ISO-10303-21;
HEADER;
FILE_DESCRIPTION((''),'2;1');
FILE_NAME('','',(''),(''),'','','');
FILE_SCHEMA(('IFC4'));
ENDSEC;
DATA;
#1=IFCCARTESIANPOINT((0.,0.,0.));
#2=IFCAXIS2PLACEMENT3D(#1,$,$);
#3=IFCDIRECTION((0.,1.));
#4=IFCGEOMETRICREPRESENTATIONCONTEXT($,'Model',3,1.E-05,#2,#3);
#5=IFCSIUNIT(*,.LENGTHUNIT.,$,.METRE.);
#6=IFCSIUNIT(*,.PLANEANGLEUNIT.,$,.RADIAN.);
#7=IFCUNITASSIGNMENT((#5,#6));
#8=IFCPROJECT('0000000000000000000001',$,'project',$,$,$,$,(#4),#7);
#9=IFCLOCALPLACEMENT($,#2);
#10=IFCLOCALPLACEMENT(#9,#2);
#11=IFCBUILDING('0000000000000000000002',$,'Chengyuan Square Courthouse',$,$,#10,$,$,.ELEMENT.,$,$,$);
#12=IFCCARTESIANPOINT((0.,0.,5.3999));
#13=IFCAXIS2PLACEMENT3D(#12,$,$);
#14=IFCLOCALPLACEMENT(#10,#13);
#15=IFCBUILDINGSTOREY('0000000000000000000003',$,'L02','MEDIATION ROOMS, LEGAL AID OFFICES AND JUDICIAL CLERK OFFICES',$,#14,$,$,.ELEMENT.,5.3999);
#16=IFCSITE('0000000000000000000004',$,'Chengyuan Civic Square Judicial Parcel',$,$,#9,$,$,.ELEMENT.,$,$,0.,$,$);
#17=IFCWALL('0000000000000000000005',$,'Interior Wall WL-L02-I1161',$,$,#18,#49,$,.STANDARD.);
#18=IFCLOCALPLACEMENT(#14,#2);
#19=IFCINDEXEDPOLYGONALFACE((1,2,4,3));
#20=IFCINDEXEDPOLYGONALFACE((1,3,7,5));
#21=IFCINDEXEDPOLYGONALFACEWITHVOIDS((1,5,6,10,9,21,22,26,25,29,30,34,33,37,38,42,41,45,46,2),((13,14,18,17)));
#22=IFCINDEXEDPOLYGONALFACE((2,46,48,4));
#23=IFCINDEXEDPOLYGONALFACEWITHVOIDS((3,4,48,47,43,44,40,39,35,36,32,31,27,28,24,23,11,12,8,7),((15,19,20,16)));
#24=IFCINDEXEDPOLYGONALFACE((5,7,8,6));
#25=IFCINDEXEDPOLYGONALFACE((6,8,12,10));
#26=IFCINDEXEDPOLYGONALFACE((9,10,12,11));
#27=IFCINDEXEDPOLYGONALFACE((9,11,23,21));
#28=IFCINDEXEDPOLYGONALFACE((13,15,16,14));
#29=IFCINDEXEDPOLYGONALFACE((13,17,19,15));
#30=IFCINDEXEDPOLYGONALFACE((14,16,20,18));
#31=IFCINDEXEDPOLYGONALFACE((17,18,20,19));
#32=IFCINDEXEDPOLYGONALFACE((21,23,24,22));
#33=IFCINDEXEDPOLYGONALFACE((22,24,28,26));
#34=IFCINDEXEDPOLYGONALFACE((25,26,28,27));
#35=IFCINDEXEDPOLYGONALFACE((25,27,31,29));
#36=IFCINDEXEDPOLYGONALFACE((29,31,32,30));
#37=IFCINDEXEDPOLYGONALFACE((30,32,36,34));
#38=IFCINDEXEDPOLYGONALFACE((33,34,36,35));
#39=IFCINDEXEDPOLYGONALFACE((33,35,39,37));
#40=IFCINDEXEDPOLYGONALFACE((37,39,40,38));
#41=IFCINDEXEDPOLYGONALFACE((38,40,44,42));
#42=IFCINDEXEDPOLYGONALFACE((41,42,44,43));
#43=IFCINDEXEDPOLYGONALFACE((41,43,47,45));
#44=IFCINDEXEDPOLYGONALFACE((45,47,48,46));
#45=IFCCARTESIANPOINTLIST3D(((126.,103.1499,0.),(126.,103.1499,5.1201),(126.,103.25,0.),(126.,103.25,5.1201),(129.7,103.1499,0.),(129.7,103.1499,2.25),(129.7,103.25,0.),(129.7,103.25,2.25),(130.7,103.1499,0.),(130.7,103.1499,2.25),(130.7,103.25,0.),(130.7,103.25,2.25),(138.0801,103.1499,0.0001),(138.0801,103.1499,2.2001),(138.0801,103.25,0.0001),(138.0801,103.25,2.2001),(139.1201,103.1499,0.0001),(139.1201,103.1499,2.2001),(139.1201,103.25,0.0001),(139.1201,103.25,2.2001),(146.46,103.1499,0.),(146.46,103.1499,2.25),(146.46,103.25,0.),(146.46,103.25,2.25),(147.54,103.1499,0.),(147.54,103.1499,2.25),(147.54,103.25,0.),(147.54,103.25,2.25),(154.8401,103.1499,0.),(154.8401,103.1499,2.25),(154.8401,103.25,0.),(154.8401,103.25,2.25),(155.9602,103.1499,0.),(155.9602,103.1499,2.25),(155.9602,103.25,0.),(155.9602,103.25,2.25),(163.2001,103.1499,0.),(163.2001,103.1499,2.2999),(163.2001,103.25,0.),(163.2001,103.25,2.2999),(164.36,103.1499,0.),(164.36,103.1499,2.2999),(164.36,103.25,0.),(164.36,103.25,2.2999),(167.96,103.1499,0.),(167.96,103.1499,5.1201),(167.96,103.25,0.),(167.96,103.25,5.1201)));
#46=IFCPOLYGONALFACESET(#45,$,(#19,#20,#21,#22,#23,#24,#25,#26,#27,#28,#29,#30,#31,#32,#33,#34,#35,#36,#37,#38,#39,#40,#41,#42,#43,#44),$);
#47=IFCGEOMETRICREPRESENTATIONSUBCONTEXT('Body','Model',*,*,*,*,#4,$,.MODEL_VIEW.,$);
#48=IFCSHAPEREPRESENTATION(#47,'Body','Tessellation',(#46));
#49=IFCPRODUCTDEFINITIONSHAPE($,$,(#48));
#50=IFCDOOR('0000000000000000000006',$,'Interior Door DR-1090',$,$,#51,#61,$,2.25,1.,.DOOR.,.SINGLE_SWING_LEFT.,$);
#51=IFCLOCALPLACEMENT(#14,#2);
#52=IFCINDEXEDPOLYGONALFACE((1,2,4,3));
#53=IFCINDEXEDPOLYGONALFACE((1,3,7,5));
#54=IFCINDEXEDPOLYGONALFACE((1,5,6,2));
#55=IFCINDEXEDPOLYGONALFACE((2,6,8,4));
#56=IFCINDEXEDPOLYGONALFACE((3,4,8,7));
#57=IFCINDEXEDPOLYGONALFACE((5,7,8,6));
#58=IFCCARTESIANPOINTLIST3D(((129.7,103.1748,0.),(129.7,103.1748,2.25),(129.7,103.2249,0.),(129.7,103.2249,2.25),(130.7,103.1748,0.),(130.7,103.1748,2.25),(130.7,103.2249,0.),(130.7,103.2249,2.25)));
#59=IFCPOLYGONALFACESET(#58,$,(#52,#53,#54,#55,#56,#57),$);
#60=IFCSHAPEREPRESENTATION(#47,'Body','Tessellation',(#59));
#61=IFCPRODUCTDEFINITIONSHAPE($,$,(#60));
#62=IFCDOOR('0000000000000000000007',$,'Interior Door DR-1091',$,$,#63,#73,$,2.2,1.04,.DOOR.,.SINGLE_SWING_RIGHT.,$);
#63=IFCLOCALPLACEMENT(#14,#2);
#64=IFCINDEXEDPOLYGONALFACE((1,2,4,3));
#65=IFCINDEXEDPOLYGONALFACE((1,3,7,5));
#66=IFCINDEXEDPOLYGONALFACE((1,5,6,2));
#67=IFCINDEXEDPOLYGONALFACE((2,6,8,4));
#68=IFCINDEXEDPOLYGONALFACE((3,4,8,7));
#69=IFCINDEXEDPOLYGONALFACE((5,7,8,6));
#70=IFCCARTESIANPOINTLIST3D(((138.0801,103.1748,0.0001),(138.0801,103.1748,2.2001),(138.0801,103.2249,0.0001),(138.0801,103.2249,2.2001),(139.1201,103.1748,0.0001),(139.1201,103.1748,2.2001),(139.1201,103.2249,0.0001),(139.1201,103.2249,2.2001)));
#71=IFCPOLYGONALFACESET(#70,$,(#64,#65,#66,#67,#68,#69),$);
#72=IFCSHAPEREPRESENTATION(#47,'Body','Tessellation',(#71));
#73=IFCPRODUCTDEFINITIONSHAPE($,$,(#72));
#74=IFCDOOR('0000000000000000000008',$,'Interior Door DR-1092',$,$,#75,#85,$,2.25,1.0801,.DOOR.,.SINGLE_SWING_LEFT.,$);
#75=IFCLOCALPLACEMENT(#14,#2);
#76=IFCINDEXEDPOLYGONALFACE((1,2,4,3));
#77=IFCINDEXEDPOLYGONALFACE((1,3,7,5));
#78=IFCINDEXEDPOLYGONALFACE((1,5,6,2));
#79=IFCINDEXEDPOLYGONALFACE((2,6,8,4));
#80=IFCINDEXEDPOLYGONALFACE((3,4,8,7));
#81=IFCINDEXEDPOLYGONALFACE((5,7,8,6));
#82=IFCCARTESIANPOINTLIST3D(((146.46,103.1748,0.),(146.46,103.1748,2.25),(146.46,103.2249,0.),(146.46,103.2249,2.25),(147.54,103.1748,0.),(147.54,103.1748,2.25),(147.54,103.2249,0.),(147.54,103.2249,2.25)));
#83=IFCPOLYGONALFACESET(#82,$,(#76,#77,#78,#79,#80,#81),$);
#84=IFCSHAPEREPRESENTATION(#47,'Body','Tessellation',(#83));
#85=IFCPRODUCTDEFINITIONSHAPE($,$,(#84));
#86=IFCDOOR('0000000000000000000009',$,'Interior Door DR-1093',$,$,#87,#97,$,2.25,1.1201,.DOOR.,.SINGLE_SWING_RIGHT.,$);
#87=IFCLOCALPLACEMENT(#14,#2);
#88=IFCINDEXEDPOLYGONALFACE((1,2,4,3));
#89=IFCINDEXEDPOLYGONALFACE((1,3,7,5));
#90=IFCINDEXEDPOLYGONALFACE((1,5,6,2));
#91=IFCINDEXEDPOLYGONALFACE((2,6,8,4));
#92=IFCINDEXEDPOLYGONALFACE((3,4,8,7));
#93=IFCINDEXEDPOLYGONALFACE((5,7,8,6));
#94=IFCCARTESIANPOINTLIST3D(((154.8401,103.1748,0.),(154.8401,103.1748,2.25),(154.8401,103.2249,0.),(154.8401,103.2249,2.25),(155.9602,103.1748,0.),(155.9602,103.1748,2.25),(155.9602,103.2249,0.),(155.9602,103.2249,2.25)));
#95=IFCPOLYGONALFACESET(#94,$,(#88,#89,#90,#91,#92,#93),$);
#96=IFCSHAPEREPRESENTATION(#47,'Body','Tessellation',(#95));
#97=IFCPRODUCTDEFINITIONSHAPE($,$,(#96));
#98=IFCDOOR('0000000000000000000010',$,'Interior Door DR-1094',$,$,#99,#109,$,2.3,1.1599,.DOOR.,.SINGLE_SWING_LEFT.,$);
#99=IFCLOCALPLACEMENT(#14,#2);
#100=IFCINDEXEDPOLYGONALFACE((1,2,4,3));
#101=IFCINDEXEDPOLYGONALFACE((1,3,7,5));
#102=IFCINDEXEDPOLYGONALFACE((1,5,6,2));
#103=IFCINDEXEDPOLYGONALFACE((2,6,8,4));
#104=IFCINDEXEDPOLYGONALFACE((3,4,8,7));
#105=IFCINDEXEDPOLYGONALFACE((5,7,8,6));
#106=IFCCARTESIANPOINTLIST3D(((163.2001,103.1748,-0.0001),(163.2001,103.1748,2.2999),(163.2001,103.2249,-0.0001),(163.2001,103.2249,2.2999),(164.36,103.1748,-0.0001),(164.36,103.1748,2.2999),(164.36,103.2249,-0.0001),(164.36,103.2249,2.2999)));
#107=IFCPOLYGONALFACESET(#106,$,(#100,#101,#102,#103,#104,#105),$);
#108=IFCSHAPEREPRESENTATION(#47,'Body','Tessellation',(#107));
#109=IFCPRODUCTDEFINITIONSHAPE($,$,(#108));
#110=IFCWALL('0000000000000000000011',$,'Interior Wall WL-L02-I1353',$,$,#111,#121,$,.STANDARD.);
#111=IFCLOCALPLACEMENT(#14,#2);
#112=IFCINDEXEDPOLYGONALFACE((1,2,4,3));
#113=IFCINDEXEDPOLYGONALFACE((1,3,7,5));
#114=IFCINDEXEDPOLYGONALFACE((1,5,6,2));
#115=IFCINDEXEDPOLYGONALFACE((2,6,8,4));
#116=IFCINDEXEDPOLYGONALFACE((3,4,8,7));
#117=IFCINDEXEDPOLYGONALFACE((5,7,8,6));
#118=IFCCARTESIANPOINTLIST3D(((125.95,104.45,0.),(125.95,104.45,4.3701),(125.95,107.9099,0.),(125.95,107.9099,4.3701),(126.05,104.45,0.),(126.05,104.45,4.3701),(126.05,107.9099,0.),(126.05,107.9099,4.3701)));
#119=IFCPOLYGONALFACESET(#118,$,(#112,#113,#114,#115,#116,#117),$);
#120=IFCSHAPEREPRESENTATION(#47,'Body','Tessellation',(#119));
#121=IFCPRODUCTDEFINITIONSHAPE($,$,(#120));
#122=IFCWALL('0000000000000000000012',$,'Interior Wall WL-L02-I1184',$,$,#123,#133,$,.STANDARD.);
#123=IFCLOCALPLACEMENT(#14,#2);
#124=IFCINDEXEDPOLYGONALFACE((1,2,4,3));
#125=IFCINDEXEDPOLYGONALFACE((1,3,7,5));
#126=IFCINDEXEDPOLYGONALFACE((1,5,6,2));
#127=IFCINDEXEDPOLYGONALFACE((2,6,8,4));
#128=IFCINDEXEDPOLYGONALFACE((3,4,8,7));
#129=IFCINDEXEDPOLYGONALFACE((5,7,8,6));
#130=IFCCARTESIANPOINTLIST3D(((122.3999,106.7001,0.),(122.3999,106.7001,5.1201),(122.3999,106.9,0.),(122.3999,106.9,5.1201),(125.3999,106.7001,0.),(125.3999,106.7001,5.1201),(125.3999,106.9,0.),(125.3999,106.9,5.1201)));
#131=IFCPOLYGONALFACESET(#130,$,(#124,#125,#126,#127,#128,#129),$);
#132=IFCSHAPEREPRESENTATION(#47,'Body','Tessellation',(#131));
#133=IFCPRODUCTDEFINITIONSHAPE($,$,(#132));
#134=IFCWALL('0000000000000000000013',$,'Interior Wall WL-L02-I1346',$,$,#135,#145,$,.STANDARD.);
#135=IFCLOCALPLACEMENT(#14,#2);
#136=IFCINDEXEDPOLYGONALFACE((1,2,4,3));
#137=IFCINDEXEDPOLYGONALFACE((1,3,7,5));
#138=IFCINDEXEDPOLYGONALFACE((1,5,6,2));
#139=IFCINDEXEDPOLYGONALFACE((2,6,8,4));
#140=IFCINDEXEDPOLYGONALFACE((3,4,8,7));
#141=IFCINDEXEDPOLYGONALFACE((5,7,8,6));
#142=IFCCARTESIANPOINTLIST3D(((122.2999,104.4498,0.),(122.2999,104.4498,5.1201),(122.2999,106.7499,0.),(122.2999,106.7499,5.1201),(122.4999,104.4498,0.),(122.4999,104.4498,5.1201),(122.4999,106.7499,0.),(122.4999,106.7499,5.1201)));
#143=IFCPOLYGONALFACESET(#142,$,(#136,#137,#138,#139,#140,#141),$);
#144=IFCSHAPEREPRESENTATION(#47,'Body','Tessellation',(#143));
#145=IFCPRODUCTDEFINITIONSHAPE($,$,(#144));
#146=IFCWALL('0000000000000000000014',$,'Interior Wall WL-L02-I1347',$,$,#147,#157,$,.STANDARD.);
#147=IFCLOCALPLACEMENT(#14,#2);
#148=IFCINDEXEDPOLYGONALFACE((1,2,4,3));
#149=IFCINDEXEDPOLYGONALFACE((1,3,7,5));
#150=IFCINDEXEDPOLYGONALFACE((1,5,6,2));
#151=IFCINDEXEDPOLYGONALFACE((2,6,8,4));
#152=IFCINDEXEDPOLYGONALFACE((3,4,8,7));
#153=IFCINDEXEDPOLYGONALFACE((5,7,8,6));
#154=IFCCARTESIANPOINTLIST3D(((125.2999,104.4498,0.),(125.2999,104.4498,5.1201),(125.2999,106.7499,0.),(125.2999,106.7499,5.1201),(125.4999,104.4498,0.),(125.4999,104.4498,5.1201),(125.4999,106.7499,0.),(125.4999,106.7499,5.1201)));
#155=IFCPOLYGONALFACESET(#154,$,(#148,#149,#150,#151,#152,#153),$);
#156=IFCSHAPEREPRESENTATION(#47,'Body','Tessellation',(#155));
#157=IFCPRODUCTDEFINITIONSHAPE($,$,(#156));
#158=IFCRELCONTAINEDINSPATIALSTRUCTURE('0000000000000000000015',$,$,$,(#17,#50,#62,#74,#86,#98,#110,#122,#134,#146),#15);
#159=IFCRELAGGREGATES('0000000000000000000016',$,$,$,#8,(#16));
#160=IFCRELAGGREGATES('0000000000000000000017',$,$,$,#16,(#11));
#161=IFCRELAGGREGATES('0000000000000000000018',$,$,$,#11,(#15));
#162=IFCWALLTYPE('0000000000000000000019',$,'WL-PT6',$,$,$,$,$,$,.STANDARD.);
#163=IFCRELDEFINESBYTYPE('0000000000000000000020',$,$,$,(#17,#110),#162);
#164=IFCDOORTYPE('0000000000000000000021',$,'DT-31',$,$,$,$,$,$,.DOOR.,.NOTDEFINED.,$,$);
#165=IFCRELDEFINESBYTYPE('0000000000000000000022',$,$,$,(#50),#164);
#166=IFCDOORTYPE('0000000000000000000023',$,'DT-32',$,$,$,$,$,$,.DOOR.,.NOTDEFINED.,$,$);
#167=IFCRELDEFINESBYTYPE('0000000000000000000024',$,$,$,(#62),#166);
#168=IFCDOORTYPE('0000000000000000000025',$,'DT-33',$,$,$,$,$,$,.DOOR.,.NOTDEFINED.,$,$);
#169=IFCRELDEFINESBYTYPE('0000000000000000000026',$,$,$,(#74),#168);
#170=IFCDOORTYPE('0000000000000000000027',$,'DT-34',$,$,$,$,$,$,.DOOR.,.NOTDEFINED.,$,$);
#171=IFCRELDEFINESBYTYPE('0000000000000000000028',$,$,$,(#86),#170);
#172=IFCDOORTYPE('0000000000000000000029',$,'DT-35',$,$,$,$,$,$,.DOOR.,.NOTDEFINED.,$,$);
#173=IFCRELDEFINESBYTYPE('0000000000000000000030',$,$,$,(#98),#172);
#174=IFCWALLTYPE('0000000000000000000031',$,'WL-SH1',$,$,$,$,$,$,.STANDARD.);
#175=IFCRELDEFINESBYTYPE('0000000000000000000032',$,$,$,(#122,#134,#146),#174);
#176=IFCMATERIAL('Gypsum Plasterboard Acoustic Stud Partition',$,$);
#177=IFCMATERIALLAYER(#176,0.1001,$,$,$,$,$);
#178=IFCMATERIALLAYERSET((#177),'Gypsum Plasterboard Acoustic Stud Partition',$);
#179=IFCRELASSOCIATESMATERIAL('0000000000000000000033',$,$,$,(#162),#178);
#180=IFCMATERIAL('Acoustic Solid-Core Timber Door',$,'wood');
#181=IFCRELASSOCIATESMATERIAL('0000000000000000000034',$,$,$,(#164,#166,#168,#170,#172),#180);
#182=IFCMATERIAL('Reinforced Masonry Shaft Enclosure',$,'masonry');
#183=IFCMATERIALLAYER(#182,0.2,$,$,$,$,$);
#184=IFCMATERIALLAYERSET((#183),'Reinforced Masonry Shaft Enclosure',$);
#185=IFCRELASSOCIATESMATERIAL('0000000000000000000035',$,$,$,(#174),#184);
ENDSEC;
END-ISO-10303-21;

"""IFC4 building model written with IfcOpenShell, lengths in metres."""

from ifc_helpers import new_model, si_unit, direction, frame, frame_2d, origin, place, context, subcontext, project, spatial, rectangle, extrude, material, layer, layer_set, type_object, element, fill, save


model = new_model("IFC4")

# Units and contexts
model_context = context("Model", 3, precision=1e-05, world=origin(), true_north=direction((0.0, 1.0)))
body_context = subcontext(model_context, "Body", "Model", "MODEL_VIEW")
ifc_project = project(units=[si_unit("LENGTHUNIT", "METRE"), si_unit("PLANEANGLEUNIT", "RADIAN")], contexts=[model_context])

# Site, building, storey
site_placement = place(None, origin())
site = spatial("IfcSite", under=ifc_project, at=site_placement, Name="Chengyuan Civic Square Judicial Parcel", CompositionType="ELEMENT", RefElevation=0.0)
building_placement = place(site_placement, origin())
building = spatial("IfcBuilding", under=site, at=building_placement, Name="Chengyuan Square Courthouse", CompositionType="ELEMENT")
storey_placement = place(building_placement, frame((0.0, 0.0, 5.3999)))
storey = spatial("IfcBuildingStorey", under=building, at=storey_placement, Name="L02", Description="MEDIATION ROOMS, LEGAL AID OFFICES AND JUDICIAL CLERK OFFICES", CompositionType="ELEMENT", Elevation=5.3999)

# Wall, openings, doors
ifc_material_1 = material(Name="Gypsum Plasterboard Acoustic Stud Partition")
ifc_layer_1 = layer(ifc_material_1, 0.1001)
ifc_layer_set_1 = layer_set([ifc_layer_1], Name="Gypsum Plasterboard Acoustic Stud Partition")
wall_type_1 = type_object("IfcWallType", Name="WL-PT6", PredefinedType="STANDARD", material=ifc_layer_set_1)
wall_1_placement = place(storey_placement, frame((126.0, 103.2, 0.0), z_axis=(0.0, 0.0, 1.0), x_axis=(1.0, 0.0, 0.0)))
wall_1 = element("IfcWall", 1, at=wall_1_placement, inside=storey, type_object=wall_type_1, Name="Interior Wall WL-L02-I1161", PredefinedType="STANDARD", context=body_context, shape_type="SweptSolid", body=[
    extrude(rectangle(XDim=41.96, YDim=0.1001, at=frame_2d((20.98, 0.0))), origin(), (0.0, 0.0, 1.0), 5.1201),
])
opening_1_placement = place(wall_1_placement, frame((3.7, 0.0, 0.0)))
opening_1 = element("IfcOpeningElement", 2, at=opening_1_placement, cuts=wall_1, PredefinedType="OPENING", context=body_context, shape_type="SweptSolid", body=[
    extrude(rectangle(XDim=1.0, YDim=2.25, at=frame_2d((0.5, 1.125))), frame((0.0, 0.062, 0.0), z_axis=(0.0, -1.0, 0.0), x_axis=(1.0, 0.0, 0.0)), (0.0, 0.0, 1.0), 0.124),
])
opening_2_placement = place(wall_1_placement, frame((12.0801, 0.0, 0.0)))
opening_2 = element("IfcOpeningElement", 3, at=opening_2_placement, cuts=wall_1, PredefinedType="OPENING", context=body_context, shape_type="SweptSolid", body=[
    extrude(rectangle(XDim=1.04, YDim=2.2, at=frame_2d((0.52, 1.1001))), frame((0.0, 0.062, 0.0), z_axis=(0.0, -1.0, 0.0), x_axis=(1.0, 0.0, 0.0)), (0.0, 0.0, 1.0), 0.124),
])
opening_3_placement = place(wall_1_placement, frame((20.46, 0.0, 0.0)))
opening_3 = element("IfcOpeningElement", 4, at=opening_3_placement, cuts=wall_1, PredefinedType="OPENING", context=body_context, shape_type="SweptSolid", body=[
    extrude(rectangle(XDim=1.0801, YDim=2.25, at=frame_2d((0.54, 1.125))), frame((0.0, 0.062, 0.0), z_axis=(0.0, -1.0, 0.0), x_axis=(1.0, 0.0, 0.0)), (0.0, 0.0, 1.0), 0.124),
])
opening_4_placement = place(wall_1_placement, frame((28.8401, 0.0, 0.0)))
opening_4 = element("IfcOpeningElement", 5, at=opening_4_placement, cuts=wall_1, PredefinedType="OPENING", context=body_context, shape_type="SweptSolid", body=[
    extrude(rectangle(XDim=1.1201, YDim=2.25, at=frame_2d((0.5601, 1.125))), frame((0.0, 0.062, 0.0), z_axis=(0.0, -1.0, 0.0), x_axis=(1.0, 0.0, 0.0)), (0.0, 0.0, 1.0), 0.124),
])
opening_5_placement = place(wall_1_placement, frame((37.2, 0.0, 0.0)))
opening_5 = element("IfcOpeningElement", 6, at=opening_5_placement, cuts=wall_1, PredefinedType="OPENING", context=body_context, shape_type="SweptSolid", body=[
    extrude(rectangle(XDim=1.1599, YDim=2.3, at=frame_2d((0.5801, 1.1499))), frame((0.0, 0.062, 0.0), z_axis=(0.0, -1.0, 0.0), x_axis=(1.0, 0.0, 0.0)), (0.0, 0.0, 1.0), 0.124),
])
ifc_material_2 = material(Name="Acoustic Solid-Core Timber Door", Category="wood")
door_type_1 = type_object("IfcDoorType", Name="DT-31", OperationType="NOTDEFINED", PredefinedType="DOOR", material=ifc_material_2)
door_1_placement = place(opening_1_placement, origin())
door_1 = element("IfcDoor", 7, at=door_1_placement, inside=storey, type_object=door_type_1, Name="Interior Door DR-1090", OperationType="SINGLE_SWING_LEFT", OverallHeight=2.25, OverallWidth=1.0, PredefinedType="DOOR", context=body_context, shape_type="SweptSolid", body=[
    extrude(rectangle(XDim=1.0, YDim=2.25, at=frame_2d((0.5, 1.125))), frame((0.0, 0.0249, 0.0), z_axis=(0.0, -1.0, 0.0), x_axis=(1.0, 0.0, 0.0)), (0.0, 0.0, 1.0), 0.05),
])
fill(opening_1, door_1)
door_type_2 = type_object("IfcDoorType", Name="DT-32", OperationType="NOTDEFINED", PredefinedType="DOOR", material=ifc_material_2)
door_2_placement = place(opening_2_placement, origin())
door_2 = element("IfcDoor", 8, at=door_2_placement, inside=storey, type_object=door_type_2, Name="Interior Door DR-1091", OperationType="SINGLE_SWING_RIGHT", OverallHeight=2.2, OverallWidth=1.04, PredefinedType="DOOR", context=body_context, shape_type="SweptSolid", body=[
    extrude(rectangle(XDim=1.04, YDim=2.2, at=frame_2d((0.52, 1.1001))), frame((0.0, 0.0249, 0.0), z_axis=(0.0, -1.0, 0.0), x_axis=(1.0, 0.0, 0.0)), (0.0, 0.0, 1.0), 0.05),
])
fill(opening_2, door_2)
door_type_3 = type_object("IfcDoorType", Name="DT-33", OperationType="NOTDEFINED", PredefinedType="DOOR", material=ifc_material_2)
door_3_placement = place(opening_3_placement, origin())
door_3 = element("IfcDoor", 9, at=door_3_placement, inside=storey, type_object=door_type_3, Name="Interior Door DR-1092", OperationType="SINGLE_SWING_LEFT", OverallHeight=2.25, OverallWidth=1.0801, PredefinedType="DOOR", context=body_context, shape_type="SweptSolid", body=[
    extrude(rectangle(XDim=1.0801, YDim=2.25, at=frame_2d((0.54, 1.125))), frame((0.0, 0.0249, 0.0), z_axis=(0.0, -1.0, 0.0), x_axis=(1.0, 0.0, 0.0)), (0.0, 0.0, 1.0), 0.05),
])
fill(opening_3, door_3)
door_type_4 = type_object("IfcDoorType", Name="DT-34", OperationType="NOTDEFINED", PredefinedType="DOOR", material=ifc_material_2)
door_4_placement = place(opening_4_placement, origin())
door_4 = element("IfcDoor", 10, at=door_4_placement, inside=storey, type_object=door_type_4, Name="Interior Door DR-1093", OperationType="SINGLE_SWING_RIGHT", OverallHeight=2.25, OverallWidth=1.1201, PredefinedType="DOOR", context=body_context, shape_type="SweptSolid", body=[
    extrude(rectangle(XDim=1.1201, YDim=2.25, at=frame_2d((0.5601, 1.125))), frame((0.0, 0.0249, 0.0), z_axis=(0.0, -1.0, 0.0), x_axis=(1.0, 0.0, 0.0)), (0.0, 0.0, 1.0), 0.05),
])
fill(opening_4, door_4)
door_type_5 = type_object("IfcDoorType", Name="DT-35", OperationType="NOTDEFINED", PredefinedType="DOOR", material=ifc_material_2)
door_5_placement = place(opening_5_placement, origin())
door_5 = element("IfcDoor", 11, at=door_5_placement, inside=storey, type_object=door_type_5, Name="Interior Door DR-1094", OperationType="SINGLE_SWING_LEFT", OverallHeight=2.3, OverallWidth=1.1599, PredefinedType="DOOR", context=body_context, shape_type="SweptSolid", body=[
    extrude(rectangle(XDim=1.1599, YDim=2.3, at=frame_2d((0.5801, 1.1499))), frame((0.0, 0.0249, 0.0), z_axis=(0.0, -1.0, 0.0), x_axis=(1.0, 0.0, 0.0)), (0.0, 0.0, 1.0), 0.05),
])
fill(opening_5, door_5)

# Wall
wall_2_placement = place(storey_placement, frame((126.0, 104.45, 0.0), z_axis=(0.0, 0.0, 1.0), x_axis=(0.0, 1.0, 0.0)))
element("IfcWall", 12, at=wall_2_placement, inside=storey, type_object=wall_type_1, Name="Interior Wall WL-L02-I1353", PredefinedType="STANDARD", context=body_context, shape_type="SweptSolid", body=[
    extrude(rectangle(XDim=3.46, YDim=0.1001, at=frame_2d((1.73, 0.0))), origin(), (0.0, 0.0, 1.0), 4.3701),
])

# Shared definitions
ifc_material_3 = material(Name="Reinforced Masonry Shaft Enclosure", Category="masonry")
ifc_layer_2 = layer(ifc_material_3, 0.2)
ifc_layer_set_2 = layer_set([ifc_layer_2], Name="Reinforced Masonry Shaft Enclosure")
wall_type_2 = type_object("IfcWallType", Name="WL-SH1", PredefinedType="STANDARD", material=ifc_layer_set_2)

# Walls
wall_3_placement = place(storey_placement, frame((122.3999, 106.8, 0.0), z_axis=(0.0, 0.0, 1.0), x_axis=(1.0, 0.0, 0.0)))
element("IfcWall", 13, at=wall_3_placement, inside=storey, type_object=wall_type_2, Name="Interior Wall WL-L02-I1184", PredefinedType="STANDARD", context=body_context, shape_type="SweptSolid", body=[
    extrude(rectangle(XDim=3.0, YDim=0.2, at=frame_2d((1.5, 0.0))), origin(), (0.0, 0.0, 1.0), 5.1201),
])
for number, where, z_axis, x_axis, name in (
    (14, (122.3999, 104.45, 0.0), (0.0, 0.0, 1.0), (0.0, 1.0, 0.0), "Interior Wall WL-L02-I1346"),
    (15, (125.3999, 104.45, 0.0), (0.0, 0.0, 1.0), (0.0, 1.0, 0.0), "Interior Wall WL-L02-I1347"),
):
    element("IfcWall", number, at=place(storey_placement, frame(where, z_axis=z_axis, x_axis=x_axis)), inside=storey, type_object=wall_type_2, Name=name, PredefinedType="STANDARD", context=body_context, shape_type="SweptSolid", body=[
        extrude(rectangle(XDim=2.3, YDim=0.2, at=frame_2d((1.1499, 0.0))), origin(), (0.0, 0.0, 1.0), 5.1201),
    ])

save(model, "model.ifc")
